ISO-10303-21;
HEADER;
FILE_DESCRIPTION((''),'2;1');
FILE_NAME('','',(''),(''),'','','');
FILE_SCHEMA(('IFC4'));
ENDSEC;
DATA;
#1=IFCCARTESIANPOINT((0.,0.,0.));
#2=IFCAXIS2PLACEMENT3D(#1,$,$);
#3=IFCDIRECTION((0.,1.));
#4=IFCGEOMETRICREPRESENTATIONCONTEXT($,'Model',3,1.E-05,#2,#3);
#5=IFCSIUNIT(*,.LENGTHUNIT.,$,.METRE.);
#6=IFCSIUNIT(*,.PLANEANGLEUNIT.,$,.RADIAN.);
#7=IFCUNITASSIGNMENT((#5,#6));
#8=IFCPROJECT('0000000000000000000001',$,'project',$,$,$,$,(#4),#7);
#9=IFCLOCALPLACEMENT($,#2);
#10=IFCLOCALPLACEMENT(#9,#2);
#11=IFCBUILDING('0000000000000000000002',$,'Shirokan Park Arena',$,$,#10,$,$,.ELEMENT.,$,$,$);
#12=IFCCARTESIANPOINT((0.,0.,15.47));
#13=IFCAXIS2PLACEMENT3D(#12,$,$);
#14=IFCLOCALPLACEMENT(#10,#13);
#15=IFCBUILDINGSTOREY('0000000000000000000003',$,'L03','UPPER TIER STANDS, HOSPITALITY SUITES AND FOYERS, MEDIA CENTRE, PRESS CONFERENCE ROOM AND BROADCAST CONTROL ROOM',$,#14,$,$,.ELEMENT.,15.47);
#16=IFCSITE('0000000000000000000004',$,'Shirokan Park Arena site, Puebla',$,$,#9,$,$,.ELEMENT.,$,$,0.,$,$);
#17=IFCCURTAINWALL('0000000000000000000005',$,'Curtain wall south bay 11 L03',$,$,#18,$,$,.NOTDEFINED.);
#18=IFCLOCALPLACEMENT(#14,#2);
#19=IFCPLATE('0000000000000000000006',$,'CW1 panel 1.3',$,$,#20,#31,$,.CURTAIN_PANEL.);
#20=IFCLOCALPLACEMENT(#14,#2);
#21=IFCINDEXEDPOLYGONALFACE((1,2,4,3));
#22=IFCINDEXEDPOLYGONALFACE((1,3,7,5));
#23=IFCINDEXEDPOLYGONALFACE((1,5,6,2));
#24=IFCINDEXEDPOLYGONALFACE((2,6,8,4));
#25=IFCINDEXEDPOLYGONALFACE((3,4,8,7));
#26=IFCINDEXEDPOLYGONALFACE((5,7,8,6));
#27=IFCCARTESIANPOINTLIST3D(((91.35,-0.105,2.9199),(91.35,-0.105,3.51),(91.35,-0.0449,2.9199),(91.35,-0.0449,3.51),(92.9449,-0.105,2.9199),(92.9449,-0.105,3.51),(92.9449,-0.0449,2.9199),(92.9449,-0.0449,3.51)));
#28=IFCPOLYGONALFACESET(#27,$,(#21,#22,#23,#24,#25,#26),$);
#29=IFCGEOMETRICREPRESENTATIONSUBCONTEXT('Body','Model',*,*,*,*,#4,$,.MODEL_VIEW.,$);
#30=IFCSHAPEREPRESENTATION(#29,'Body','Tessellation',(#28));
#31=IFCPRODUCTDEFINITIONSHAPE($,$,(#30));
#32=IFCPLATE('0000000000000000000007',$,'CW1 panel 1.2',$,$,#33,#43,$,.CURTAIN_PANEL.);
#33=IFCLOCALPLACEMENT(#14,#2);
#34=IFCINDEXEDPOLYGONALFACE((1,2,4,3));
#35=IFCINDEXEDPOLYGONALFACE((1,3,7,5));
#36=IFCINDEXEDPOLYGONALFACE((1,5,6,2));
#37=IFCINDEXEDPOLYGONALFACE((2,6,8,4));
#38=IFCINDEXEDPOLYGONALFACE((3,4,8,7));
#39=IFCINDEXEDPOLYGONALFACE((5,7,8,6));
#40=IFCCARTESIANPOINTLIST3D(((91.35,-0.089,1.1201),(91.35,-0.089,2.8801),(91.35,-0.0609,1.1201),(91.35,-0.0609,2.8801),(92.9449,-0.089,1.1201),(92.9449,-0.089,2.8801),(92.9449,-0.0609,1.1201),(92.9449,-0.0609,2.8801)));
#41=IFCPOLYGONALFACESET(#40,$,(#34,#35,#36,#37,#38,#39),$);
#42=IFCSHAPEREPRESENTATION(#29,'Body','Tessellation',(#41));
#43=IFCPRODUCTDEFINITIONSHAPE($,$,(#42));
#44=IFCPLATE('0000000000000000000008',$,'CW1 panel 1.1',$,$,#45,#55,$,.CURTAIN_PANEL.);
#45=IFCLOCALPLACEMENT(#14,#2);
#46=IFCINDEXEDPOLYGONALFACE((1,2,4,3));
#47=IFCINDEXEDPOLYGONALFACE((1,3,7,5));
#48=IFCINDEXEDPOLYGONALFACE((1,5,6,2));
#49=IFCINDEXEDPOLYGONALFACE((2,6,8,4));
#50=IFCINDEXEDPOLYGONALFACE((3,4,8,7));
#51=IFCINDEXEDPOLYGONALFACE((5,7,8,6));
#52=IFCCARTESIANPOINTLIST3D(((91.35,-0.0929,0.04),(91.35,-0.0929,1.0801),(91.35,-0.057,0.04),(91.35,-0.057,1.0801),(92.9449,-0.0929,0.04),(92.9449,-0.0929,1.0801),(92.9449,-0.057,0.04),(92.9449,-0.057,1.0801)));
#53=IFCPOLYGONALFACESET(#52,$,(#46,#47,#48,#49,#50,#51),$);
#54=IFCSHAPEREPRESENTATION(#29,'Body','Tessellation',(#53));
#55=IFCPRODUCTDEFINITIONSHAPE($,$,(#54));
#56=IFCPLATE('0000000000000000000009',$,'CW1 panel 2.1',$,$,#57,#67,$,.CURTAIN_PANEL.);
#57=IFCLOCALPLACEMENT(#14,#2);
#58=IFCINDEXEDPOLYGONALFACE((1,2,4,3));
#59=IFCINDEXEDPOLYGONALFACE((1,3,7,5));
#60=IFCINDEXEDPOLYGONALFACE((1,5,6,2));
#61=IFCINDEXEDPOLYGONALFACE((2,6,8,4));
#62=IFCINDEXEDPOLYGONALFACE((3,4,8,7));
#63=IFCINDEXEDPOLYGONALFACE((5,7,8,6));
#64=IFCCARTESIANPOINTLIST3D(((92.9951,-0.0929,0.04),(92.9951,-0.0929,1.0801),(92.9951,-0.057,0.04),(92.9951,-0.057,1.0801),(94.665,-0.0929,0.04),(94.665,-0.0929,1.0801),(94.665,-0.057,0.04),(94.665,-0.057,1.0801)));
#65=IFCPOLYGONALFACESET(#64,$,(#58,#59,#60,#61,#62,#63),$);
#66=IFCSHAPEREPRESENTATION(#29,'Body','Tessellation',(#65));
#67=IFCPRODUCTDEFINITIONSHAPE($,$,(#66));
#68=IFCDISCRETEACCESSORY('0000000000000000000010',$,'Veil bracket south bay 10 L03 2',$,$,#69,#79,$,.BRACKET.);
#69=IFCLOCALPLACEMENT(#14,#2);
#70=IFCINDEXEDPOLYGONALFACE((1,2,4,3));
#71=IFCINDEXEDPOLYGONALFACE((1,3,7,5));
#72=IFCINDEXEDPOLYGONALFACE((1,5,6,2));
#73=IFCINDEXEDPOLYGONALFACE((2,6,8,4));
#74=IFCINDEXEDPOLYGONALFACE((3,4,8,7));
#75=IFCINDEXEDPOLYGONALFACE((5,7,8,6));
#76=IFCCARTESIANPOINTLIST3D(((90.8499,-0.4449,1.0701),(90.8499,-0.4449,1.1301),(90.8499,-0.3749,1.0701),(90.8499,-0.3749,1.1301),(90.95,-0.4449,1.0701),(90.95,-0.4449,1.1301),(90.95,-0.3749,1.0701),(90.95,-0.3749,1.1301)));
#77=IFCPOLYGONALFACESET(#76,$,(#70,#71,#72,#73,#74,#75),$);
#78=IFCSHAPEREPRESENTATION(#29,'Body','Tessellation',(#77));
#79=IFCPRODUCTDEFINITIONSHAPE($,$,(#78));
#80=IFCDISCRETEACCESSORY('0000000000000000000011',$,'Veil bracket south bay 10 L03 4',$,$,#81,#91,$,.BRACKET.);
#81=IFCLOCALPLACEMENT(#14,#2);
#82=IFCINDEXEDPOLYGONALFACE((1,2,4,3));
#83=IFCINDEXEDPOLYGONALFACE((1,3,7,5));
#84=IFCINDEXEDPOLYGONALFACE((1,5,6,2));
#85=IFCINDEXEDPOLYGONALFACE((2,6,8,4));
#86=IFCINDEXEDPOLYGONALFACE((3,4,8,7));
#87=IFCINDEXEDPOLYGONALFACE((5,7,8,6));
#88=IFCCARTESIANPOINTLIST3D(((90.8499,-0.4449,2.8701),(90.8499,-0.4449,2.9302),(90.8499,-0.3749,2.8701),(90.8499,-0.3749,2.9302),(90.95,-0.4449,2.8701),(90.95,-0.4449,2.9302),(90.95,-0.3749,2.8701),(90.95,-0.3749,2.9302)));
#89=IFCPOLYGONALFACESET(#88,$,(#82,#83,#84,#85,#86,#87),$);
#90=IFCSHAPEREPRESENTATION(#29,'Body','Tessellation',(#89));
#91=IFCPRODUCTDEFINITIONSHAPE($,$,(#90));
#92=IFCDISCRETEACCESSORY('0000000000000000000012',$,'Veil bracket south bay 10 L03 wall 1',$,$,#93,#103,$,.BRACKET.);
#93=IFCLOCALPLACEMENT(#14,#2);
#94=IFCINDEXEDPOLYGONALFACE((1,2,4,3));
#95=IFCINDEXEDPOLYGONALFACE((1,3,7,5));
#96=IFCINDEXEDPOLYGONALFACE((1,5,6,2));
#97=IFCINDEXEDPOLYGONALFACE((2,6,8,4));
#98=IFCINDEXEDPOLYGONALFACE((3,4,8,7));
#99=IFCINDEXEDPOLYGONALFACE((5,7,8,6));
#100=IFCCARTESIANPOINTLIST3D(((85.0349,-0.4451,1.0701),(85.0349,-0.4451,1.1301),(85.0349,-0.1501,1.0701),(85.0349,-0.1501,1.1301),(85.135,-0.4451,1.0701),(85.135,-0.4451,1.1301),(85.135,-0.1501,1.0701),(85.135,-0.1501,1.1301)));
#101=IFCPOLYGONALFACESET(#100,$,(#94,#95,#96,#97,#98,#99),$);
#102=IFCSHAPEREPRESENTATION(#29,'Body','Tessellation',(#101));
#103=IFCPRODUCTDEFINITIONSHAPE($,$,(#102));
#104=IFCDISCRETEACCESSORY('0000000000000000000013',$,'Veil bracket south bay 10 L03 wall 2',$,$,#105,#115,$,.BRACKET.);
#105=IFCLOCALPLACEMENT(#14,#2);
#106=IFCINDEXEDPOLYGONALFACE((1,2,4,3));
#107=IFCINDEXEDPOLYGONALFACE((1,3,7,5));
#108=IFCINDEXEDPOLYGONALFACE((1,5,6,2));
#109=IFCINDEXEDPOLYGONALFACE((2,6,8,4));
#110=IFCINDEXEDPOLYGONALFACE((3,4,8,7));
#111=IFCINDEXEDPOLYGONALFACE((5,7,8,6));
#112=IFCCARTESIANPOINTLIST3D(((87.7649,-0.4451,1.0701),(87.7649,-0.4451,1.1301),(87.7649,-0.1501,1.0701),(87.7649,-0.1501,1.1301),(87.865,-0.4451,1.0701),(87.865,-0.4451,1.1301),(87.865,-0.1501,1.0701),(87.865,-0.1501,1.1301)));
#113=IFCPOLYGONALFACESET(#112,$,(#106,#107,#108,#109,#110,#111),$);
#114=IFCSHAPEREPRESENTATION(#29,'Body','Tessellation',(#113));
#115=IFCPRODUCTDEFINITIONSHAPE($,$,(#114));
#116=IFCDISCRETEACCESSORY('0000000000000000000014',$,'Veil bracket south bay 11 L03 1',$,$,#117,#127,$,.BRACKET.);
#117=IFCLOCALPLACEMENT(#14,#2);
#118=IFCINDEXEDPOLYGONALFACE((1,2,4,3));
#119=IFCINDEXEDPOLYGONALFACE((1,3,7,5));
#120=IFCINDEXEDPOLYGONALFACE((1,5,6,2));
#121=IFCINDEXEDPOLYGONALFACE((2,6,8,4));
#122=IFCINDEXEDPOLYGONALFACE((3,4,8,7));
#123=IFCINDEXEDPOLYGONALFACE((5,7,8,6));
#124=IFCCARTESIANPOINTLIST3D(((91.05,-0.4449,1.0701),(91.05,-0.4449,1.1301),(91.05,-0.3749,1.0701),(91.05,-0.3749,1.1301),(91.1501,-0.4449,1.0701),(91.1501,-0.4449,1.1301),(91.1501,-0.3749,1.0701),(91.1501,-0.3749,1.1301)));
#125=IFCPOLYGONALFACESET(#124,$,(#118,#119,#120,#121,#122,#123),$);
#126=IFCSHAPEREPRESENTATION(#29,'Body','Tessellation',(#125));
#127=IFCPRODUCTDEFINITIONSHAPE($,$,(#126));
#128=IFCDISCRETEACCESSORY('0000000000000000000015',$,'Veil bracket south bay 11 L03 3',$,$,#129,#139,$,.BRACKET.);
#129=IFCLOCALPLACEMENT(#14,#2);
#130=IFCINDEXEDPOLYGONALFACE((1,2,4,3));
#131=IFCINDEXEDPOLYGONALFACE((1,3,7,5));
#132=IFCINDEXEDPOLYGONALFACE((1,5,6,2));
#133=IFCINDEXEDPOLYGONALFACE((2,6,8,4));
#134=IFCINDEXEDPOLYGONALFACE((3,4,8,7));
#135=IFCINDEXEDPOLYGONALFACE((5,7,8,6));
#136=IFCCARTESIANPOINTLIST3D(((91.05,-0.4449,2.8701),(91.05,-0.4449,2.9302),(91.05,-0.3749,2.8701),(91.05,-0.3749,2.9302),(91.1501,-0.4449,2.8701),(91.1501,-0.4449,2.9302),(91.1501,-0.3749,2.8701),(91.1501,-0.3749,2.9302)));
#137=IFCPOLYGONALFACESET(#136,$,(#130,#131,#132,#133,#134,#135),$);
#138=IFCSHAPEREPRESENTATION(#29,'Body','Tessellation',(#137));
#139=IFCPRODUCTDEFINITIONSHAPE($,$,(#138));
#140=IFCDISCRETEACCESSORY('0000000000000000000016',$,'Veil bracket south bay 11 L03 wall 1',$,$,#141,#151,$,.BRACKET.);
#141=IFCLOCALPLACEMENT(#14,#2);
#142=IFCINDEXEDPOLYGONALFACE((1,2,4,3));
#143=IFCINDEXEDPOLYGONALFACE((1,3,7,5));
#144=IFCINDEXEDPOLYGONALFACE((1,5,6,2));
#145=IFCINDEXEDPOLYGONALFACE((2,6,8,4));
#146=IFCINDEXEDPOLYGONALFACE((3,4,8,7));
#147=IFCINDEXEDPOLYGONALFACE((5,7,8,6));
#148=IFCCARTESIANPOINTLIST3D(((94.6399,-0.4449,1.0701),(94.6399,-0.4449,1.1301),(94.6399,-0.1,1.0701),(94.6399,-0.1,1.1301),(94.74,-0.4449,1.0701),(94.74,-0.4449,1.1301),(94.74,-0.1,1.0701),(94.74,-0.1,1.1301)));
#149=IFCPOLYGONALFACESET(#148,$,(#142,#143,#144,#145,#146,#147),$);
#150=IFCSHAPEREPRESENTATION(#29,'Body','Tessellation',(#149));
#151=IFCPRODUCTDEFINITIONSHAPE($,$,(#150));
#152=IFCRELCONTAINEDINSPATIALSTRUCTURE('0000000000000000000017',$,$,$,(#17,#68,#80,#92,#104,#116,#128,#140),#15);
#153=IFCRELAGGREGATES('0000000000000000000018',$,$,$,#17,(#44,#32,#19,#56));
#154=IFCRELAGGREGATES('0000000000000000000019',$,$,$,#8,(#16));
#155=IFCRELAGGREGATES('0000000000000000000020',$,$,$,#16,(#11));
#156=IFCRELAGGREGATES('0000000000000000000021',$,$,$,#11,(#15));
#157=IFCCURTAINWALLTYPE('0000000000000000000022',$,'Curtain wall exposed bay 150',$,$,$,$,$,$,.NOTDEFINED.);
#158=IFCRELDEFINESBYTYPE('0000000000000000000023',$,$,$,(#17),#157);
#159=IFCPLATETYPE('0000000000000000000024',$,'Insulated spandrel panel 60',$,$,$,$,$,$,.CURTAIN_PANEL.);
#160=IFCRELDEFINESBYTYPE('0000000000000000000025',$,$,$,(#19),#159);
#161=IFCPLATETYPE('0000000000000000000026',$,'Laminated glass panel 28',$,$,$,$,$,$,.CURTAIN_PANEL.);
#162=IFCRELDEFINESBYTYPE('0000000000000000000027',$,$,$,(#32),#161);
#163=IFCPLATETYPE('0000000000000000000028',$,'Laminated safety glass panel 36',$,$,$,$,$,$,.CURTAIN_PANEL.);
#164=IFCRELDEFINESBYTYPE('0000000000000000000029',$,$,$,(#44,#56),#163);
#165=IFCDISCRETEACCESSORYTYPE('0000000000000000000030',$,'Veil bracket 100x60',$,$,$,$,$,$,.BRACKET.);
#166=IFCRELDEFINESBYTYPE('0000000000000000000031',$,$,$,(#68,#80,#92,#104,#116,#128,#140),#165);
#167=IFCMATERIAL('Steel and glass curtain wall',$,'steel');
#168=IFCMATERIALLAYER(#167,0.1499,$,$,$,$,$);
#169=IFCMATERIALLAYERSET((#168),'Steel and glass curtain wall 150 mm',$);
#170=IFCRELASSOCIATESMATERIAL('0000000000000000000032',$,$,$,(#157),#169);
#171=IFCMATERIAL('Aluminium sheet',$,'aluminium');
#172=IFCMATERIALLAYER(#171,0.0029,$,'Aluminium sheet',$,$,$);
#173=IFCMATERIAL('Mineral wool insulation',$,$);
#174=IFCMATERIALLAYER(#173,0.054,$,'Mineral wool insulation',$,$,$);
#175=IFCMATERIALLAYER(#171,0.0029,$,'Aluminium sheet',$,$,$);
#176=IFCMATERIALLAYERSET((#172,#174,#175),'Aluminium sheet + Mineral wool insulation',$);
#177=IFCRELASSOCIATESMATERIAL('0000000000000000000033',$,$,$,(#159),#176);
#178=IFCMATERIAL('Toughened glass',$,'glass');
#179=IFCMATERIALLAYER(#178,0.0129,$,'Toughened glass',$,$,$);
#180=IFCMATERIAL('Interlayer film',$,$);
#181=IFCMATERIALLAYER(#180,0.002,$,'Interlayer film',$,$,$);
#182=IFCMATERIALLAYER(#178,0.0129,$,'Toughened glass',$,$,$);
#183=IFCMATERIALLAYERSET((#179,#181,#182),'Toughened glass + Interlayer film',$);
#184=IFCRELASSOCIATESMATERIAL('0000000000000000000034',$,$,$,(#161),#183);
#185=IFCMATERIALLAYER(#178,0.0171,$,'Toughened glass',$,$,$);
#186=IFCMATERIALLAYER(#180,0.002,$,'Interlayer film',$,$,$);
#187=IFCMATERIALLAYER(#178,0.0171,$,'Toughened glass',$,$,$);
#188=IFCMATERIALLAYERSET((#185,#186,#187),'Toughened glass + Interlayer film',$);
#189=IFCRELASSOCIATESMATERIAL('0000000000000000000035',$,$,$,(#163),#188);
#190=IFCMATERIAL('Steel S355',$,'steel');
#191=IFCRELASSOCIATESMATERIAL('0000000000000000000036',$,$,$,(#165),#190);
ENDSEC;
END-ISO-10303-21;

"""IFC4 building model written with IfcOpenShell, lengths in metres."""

from ifc_helpers import new_model, si_unit, direction, frame, origin, origin_2d, place, context, subcontext, project, spatial, rectangle, extrude, material, layer, layer_set, type_object, element, aggregate, save


model = new_model("IFC4")

# Units and contexts
model_context = context("Model", 3, precision=1e-05, world=origin(), true_north=direction((0.0, 1.0)))
body_context = subcontext(model_context, "Body", "Model", "MODEL_VIEW")
ifc_project = project(units=[si_unit("LENGTHUNIT", "METRE"), si_unit("PLANEANGLEUNIT", "RADIAN")], contexts=[model_context])

# Site, building, storey
site_placement = place(None, origin())
site = spatial("IfcSite", under=ifc_project, at=site_placement, Name="Shirokan Park Arena site, Puebla", CompositionType="ELEMENT", RefElevation=0.0)
building_placement = place(site_placement, origin())
building = spatial("IfcBuilding", under=site, at=building_placement, Name="Shirokan Park Arena", CompositionType="ELEMENT")
storey_placement = place(building_placement, frame((0.0, 0.0, 15.47)))
storey = spatial("IfcBuildingStorey", under=building, at=storey_placement, Name="L03", Description="UPPER TIER STANDS, HOSPITALITY SUITES AND FOYERS, MEDIA CENTRE, PRESS CONFERENCE ROOM AND BROADCAST CONTROL ROOM", CompositionType="ELEMENT", Elevation=15.47)

# Curtain wall, plates
ifc_material_1 = material(Name="Steel and glass curtain wall", Category="steel")
ifc_layer_1 = layer(ifc_material_1, 0.1499)
ifc_layer_set_1 = layer_set([ifc_layer_1], Name="Steel and glass curtain wall 150 mm")
curtain_wall_type = type_object("IfcCurtainWallType", Name="Curtain wall exposed bay 150", PredefinedType="NOTDEFINED", material=ifc_layer_set_1)
curtain_wall_placement = place(storey_placement, origin())
curtain_wall = element("IfcCurtainWall", 1, at=curtain_wall_placement, inside=storey, type_object=curtain_wall_type, Name="Curtain wall south bay 11 L03", PredefinedType="NOTDEFINED")
ifc_material_2 = material(Name="Steel S355", Category="steel")
ifc_material_3 = material(Name="Aluminium sheet", Category="aluminium")
ifc_layer_2 = layer(ifc_material_3, 0.0029, Name="Aluminium sheet")
ifc_material_4 = material(Name="Mineral wool insulation")
ifc_layer_3 = layer(ifc_material_4, 0.054, Name="Mineral wool insulation")
ifc_layer_4 = layer(ifc_material_3, 0.0029, Name="Aluminium sheet")
ifc_layer_set_2 = layer_set([ifc_layer_2, ifc_layer_3, ifc_layer_4], Name="Aluminium sheet + Mineral wool insulation")
plate_type_1 = type_object("IfcPlateType", Name="Insulated spandrel panel 60", PredefinedType="CURTAIN_PANEL", material=ifc_layer_set_2)
plate_1_placement = place(storey_placement, frame((92.1475, -0.075, 2.9199), z_axis=(0.0, 0.0, 1.0), x_axis=(1.0, 0.0, 0.0)))
plate_1 = element("IfcPlate", 2, at=plate_1_placement, type_object=plate_type_1, Name="CW1 panel 1.3", PredefinedType="CURTAIN_PANEL", context=body_context, shape_type="SweptSolid", body=[
    extrude(rectangle(XDim=1.595, YDim=0.0601, at=origin_2d()), origin(), (0.0, 0.0, 1.0), 0.5901),
])
ifc_material_5 = material(Name="Toughened glass", Category="glass")
ifc_layer_5 = layer(ifc_material_5, 0.0129, Name="Toughened glass")
ifc_material_6 = material(Name="Interlayer film")
ifc_layer_6 = layer(ifc_material_6, 0.002, Name="Interlayer film")
ifc_layer_7 = layer(ifc_material_5, 0.0129, Name="Toughened glass")
ifc_layer_set_3 = layer_set([ifc_layer_5, ifc_layer_6, ifc_layer_7], Name="Toughened glass + Interlayer film")
plate_type_2 = type_object("IfcPlateType", Name="Laminated glass panel 28", PredefinedType="CURTAIN_PANEL", material=ifc_layer_set_3)
plate_2_placement = place(storey_placement, frame((92.1475, -0.075, 1.1201), z_axis=(0.0, 0.0, 1.0), x_axis=(1.0, 0.0, 0.0)))
plate_2 = element("IfcPlate", 3, at=plate_2_placement, type_object=plate_type_2, Name="CW1 panel 1.2", PredefinedType="CURTAIN_PANEL", context=body_context, shape_type="SweptSolid", body=[
    extrude(rectangle(XDim=1.595, YDim=0.0281, at=origin_2d()), origin(), (0.0, 0.0, 1.0), 1.76),
])
ifc_layer_8 = layer(ifc_material_5, 0.0171, Name="Toughened glass")
ifc_layer_9 = layer(ifc_material_6, 0.002, Name="Interlayer film")
ifc_layer_10 = layer(ifc_material_5, 0.0171, Name="Toughened glass")
ifc_layer_set_4 = layer_set([ifc_layer_8, ifc_layer_9, ifc_layer_10], Name="Toughened glass + Interlayer film")
plate_type_3 = type_object("IfcPlateType", Name="Laminated safety glass panel 36", PredefinedType="CURTAIN_PANEL", material=ifc_layer_set_4)
plate_3_placement = place(storey_placement, frame((92.1475, -0.075, 0.04), z_axis=(0.0, 0.0, 1.0), x_axis=(1.0, 0.0, 0.0)))
plate_3 = element("IfcPlate", 4, at=plate_3_placement, type_object=plate_type_3, Name="CW1 panel 1.1", PredefinedType="CURTAIN_PANEL", context=body_context, shape_type="SweptSolid", body=[
    extrude(rectangle(XDim=1.595, YDim=0.0359, at=origin_2d()), origin(), (0.0, 0.0, 1.0), 1.04),
])
plate_4_placement = place(storey_placement, frame((93.8301, -0.075, 0.04), z_axis=(0.0, 0.0, 1.0), x_axis=(1.0, 0.0, 0.0)))
plate_4 = element("IfcPlate", 5, at=plate_4_placement, type_object=plate_type_3, Name="CW1 panel 2.1", PredefinedType="CURTAIN_PANEL", context=body_context, shape_type="SweptSolid", body=[
    extrude(rectangle(XDim=1.6699, YDim=0.0359, at=origin_2d()), origin(), (0.0, 0.0, 1.0), 1.04),
])
aggregate(curtain_wall, [plate_3, plate_2, plate_1, plate_4])

# Discrete accessories
discrete_accessory_type = type_object("IfcDiscreteAccessoryType", Name="Veil bracket 100x60", PredefinedType="BRACKET", material=ifc_material_2)
for number, where, z_axis, x_axis, name in (
    (6, (90.8999, -0.4099, 1.0701), (0.0, 0.0, 1.0), (1.0, 0.0, 0.0), "Veil bracket south bay 10 L03 2"),
    (7, (90.8999, -0.4099, 2.8701), (0.0, 0.0, 1.0), (1.0, 0.0, 0.0), "Veil bracket south bay 10 L03 4"),
):
    element("IfcDiscreteAccessory", number, at=place(storey_placement, frame(where, z_axis=z_axis, x_axis=x_axis)), inside=storey, type_object=discrete_accessory_type, Name=name, PredefinedType="BRACKET", context=body_context, shape_type="SweptSolid", body=[
        extrude(rectangle(XDim=0.1001, YDim=0.0701, at=origin_2d()), origin(), (0.0, 0.0, 1.0), 0.0601),
    ])
for number, where, z_axis, x_axis, name in (
    (8, (85.085, -0.2976, 1.0701), (0.0, 0.0, 1.0), (1.0, 0.0, 0.0), "Veil bracket south bay 10 L03 wall 1"),
    (9, (87.8149, -0.2976, 1.0701), (0.0, 0.0, 1.0), (1.0, 0.0, 0.0), "Veil bracket south bay 10 L03 wall 2"),
):
    element("IfcDiscreteAccessory", number, at=place(storey_placement, frame(where, z_axis=z_axis, x_axis=x_axis)), inside=storey, type_object=discrete_accessory_type, Name=name, PredefinedType="BRACKET", context=body_context, shape_type="SweptSolid", body=[
        extrude(rectangle(XDim=0.1001, YDim=0.2949, at=origin_2d()), origin(), (0.0, 0.0, 1.0), 0.0601),
    ])
for number, where, z_axis, x_axis, name in (
    (10, (91.1001, -0.4099, 1.0701), (0.0, 0.0, 1.0), (1.0, 0.0, 0.0), "Veil bracket south bay 11 L03 1"),
    (11, (91.1001, -0.4099, 2.8701), (0.0, 0.0, 1.0), (1.0, 0.0, 0.0), "Veil bracket south bay 11 L03 3"),
):
    element("IfcDiscreteAccessory", number, at=place(storey_placement, frame(where, z_axis=z_axis, x_axis=x_axis)), inside=storey, type_object=discrete_accessory_type, Name=name, PredefinedType="BRACKET", context=body_context, shape_type="SweptSolid", body=[
        extrude(rectangle(XDim=0.1001, YDim=0.0701, at=origin_2d()), origin(), (0.0, 0.0, 1.0), 0.0601),
    ])
discrete_accessory_placement = place(storey_placement, frame((94.6899, -0.2725, 1.0701), z_axis=(0.0, 0.0, 1.0), x_axis=(1.0, 0.0, 0.0)))
element("IfcDiscreteAccessory", 12, at=discrete_accessory_placement, inside=storey, type_object=discrete_accessory_type, Name="Veil bracket south bay 11 L03 wall 1", PredefinedType="BRACKET", context=body_context, shape_type="SweptSolid", body=[
    extrude(rectangle(XDim=0.1001, YDim=0.345, at=origin_2d()), origin(), (0.0, 0.0, 1.0), 0.0601),
])

save(model, "model.ifc")
